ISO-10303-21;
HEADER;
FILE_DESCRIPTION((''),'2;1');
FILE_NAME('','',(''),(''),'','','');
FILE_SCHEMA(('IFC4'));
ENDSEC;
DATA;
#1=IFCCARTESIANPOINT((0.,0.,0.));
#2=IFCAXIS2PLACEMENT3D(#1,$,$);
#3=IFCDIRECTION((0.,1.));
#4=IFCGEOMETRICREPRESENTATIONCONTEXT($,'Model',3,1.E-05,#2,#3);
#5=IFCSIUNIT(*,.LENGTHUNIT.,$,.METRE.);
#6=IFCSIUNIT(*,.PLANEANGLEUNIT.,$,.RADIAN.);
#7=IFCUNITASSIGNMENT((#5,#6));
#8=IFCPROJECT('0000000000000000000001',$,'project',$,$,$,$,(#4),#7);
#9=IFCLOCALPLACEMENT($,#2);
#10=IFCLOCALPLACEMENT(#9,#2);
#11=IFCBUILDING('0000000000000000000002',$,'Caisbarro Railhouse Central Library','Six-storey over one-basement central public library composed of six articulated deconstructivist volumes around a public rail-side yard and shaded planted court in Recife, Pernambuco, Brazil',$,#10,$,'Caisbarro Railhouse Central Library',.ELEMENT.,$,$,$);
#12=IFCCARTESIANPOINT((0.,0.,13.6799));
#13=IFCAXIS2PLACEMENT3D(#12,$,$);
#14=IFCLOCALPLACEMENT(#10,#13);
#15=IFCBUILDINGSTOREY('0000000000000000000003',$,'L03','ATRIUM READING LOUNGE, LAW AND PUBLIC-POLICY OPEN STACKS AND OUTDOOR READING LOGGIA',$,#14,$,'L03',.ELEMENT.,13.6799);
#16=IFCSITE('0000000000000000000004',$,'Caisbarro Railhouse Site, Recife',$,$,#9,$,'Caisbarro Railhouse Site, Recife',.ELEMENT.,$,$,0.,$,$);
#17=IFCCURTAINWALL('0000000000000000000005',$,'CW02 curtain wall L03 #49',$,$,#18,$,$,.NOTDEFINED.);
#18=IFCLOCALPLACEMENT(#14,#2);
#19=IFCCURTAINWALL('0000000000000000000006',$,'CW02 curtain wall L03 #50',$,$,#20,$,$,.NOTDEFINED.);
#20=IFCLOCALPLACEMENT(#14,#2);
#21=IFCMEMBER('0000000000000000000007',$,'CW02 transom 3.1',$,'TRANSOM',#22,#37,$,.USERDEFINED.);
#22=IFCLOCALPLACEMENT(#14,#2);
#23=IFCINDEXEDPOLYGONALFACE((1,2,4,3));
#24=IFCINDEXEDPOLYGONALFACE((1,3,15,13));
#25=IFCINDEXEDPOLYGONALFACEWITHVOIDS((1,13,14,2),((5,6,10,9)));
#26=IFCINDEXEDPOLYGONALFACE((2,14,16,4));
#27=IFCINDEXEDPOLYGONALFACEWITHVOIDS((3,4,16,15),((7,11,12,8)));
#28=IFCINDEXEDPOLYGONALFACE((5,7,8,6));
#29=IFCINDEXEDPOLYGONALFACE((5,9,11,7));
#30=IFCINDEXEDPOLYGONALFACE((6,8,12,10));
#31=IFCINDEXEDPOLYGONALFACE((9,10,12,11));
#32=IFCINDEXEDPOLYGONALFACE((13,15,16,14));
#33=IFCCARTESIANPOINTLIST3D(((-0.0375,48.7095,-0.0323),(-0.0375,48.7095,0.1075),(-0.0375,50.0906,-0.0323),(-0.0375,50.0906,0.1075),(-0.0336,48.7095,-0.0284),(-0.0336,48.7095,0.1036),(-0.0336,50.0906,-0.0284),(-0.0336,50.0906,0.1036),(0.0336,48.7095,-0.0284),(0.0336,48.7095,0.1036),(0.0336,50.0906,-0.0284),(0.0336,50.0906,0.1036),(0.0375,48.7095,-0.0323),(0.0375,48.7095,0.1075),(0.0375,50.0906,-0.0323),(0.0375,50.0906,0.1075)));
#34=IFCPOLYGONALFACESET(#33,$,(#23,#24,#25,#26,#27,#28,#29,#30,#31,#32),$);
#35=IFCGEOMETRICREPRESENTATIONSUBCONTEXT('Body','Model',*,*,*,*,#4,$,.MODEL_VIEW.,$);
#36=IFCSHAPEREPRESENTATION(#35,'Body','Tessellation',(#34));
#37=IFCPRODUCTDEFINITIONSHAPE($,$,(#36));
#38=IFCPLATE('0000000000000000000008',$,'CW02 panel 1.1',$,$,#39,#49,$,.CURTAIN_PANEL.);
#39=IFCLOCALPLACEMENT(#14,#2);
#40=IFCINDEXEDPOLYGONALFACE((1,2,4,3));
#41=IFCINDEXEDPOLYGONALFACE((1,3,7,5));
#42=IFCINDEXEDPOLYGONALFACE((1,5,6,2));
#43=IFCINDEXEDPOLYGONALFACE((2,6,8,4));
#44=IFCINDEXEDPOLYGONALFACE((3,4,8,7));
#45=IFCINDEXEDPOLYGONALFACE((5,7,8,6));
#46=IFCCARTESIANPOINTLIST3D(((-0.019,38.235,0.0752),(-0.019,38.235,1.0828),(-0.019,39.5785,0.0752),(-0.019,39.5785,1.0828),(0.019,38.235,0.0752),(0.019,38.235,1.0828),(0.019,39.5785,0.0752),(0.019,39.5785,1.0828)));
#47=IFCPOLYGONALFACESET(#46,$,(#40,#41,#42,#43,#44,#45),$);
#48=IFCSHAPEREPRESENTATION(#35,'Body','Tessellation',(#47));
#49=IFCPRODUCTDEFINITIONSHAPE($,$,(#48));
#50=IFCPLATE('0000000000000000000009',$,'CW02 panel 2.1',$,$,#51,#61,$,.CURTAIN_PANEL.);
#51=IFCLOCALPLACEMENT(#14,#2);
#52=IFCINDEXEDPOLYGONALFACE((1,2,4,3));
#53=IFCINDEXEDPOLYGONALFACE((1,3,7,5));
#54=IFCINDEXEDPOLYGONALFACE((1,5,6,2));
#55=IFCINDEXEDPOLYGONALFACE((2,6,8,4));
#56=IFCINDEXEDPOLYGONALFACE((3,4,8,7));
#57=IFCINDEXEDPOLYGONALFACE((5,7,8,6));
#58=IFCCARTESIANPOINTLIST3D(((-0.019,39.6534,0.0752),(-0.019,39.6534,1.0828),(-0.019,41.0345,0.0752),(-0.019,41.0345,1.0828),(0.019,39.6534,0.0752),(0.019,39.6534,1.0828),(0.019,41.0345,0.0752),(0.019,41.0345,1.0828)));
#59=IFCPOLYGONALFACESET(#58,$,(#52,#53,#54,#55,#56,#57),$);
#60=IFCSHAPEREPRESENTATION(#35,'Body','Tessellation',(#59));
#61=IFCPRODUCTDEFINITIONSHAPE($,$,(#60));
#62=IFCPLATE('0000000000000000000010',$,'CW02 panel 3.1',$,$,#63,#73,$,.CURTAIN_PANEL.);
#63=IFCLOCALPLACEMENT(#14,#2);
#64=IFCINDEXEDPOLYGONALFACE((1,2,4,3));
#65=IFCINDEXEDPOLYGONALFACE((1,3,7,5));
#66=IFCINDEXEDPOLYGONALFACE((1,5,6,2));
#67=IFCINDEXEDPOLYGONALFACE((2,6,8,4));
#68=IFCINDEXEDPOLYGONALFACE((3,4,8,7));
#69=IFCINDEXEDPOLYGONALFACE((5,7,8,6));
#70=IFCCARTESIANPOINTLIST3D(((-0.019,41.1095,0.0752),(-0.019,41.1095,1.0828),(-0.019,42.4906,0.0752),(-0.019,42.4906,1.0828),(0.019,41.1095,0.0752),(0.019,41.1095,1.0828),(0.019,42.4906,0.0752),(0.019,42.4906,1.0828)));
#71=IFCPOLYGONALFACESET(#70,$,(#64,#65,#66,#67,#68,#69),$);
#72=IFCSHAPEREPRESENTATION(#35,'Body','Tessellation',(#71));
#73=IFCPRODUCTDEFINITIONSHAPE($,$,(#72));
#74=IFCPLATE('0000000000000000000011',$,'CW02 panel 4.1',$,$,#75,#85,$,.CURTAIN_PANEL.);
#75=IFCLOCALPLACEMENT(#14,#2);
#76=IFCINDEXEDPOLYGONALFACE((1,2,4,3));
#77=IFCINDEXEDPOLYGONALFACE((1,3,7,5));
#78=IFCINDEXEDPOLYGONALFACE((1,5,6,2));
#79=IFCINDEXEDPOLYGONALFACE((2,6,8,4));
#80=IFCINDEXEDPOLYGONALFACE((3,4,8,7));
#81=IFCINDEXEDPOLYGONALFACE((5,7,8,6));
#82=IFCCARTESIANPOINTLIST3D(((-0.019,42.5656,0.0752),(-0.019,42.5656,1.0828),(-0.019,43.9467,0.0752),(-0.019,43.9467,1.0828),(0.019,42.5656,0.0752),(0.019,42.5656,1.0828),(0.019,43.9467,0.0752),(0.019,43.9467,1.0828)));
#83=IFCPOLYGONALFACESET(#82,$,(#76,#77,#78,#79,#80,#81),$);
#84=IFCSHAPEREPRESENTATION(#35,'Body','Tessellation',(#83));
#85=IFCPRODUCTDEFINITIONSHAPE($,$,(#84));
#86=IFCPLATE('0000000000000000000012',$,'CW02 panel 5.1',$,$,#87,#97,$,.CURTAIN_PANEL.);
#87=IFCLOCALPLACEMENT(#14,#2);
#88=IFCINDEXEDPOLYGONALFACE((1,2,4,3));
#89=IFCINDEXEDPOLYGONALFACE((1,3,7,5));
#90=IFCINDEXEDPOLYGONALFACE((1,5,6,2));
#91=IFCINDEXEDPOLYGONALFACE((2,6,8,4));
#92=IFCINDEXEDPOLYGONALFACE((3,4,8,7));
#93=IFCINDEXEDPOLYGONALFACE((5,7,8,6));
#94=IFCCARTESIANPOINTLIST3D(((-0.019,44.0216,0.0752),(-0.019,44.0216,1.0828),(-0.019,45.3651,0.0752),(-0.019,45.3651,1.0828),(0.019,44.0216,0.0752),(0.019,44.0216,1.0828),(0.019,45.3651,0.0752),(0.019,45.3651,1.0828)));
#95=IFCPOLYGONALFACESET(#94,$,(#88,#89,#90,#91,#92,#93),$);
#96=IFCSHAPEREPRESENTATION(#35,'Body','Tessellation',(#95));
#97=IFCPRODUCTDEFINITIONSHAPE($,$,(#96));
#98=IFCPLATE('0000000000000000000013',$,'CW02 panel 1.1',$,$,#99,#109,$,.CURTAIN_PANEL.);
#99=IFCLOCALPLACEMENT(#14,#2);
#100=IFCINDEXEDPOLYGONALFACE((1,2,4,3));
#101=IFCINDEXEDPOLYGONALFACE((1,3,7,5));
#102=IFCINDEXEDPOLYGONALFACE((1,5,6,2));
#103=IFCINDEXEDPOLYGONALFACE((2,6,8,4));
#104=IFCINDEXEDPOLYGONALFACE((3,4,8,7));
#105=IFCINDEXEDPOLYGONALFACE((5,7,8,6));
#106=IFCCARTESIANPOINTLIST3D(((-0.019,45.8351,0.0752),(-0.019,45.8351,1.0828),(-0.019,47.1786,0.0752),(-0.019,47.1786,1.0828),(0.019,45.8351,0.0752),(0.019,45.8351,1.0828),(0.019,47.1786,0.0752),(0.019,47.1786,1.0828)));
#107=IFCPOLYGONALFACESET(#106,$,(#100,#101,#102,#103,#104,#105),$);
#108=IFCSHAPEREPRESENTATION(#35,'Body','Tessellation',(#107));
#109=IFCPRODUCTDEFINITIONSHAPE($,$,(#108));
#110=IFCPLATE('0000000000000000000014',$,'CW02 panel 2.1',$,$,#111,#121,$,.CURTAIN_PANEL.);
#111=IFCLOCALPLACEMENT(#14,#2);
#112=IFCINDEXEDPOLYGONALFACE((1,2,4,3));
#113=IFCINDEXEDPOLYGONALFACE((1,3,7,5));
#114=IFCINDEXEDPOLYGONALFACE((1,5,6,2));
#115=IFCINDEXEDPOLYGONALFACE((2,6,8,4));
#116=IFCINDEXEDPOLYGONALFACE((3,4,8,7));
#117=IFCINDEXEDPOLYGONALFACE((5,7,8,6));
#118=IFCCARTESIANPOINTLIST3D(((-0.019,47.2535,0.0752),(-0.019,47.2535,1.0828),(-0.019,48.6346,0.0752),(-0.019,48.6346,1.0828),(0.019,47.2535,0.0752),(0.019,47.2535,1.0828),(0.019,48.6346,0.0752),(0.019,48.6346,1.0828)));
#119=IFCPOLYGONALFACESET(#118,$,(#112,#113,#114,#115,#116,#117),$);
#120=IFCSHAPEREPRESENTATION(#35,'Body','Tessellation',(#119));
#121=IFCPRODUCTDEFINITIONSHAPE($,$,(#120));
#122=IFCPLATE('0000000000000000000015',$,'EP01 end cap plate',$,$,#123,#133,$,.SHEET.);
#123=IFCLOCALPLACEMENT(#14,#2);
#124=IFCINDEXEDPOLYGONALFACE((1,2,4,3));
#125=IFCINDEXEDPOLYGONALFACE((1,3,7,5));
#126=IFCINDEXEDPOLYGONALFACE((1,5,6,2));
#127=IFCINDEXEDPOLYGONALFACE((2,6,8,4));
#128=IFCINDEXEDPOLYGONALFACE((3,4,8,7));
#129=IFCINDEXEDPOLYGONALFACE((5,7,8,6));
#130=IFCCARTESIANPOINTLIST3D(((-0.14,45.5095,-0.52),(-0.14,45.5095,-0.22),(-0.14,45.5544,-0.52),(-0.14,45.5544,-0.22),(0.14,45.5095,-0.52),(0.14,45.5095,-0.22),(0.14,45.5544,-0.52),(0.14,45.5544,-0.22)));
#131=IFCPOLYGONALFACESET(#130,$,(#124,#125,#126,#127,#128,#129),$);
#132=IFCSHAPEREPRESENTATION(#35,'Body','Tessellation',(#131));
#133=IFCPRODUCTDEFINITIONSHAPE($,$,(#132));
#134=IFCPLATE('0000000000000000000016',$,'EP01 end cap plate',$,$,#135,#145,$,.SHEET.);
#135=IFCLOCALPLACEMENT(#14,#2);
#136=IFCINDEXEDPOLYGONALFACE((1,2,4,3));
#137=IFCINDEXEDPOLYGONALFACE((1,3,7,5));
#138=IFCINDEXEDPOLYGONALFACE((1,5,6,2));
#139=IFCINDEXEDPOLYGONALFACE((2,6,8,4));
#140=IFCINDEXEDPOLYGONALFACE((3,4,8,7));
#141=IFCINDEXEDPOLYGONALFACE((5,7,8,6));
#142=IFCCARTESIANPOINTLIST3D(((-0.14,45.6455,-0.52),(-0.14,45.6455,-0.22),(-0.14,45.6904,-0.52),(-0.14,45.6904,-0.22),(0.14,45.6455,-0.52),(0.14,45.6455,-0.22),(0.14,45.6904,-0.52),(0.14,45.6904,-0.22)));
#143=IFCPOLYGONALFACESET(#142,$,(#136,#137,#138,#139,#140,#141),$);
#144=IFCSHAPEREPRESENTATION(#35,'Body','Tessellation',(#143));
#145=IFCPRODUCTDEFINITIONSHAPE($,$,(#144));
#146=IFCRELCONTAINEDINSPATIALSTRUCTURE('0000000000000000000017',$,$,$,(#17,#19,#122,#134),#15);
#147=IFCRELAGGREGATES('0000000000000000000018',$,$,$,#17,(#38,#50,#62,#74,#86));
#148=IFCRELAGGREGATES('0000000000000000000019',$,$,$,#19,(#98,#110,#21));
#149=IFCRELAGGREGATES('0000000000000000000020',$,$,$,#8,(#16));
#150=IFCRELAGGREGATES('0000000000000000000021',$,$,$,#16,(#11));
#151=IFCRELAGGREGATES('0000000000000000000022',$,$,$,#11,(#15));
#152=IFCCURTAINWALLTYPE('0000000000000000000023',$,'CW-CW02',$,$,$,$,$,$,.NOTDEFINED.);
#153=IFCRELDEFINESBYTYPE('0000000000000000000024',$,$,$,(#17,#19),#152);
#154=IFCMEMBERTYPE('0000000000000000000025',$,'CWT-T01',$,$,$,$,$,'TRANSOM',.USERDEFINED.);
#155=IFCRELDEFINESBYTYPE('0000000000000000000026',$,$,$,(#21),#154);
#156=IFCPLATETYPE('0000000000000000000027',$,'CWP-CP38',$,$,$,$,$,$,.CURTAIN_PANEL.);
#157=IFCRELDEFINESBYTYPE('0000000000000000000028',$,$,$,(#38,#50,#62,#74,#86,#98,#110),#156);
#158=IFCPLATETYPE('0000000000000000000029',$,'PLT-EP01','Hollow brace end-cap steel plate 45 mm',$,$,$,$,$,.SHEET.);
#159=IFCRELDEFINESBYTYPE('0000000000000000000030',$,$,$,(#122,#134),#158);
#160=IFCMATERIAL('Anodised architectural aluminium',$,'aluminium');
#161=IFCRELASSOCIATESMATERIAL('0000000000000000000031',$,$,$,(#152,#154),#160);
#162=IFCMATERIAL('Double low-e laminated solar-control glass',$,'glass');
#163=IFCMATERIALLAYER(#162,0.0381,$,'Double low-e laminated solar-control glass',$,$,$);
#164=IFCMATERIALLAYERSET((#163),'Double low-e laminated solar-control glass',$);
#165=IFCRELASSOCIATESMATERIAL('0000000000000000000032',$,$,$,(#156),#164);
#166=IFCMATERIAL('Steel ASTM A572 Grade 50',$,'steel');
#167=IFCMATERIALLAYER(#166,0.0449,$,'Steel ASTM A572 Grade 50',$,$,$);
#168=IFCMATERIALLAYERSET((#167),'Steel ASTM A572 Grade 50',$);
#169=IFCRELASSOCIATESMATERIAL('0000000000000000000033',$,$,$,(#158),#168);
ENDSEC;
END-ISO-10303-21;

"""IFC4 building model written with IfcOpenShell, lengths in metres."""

from ifc_helpers import new_model, si_unit, direction, frame, origin, origin_2d, place, context, subcontext, project, spatial, rectangle, hollow_rectangle, extrude, material, layer, layer_set, material_profile, profile_set, type_object, element, aggregate, save


model = new_model("IFC4")

# Units and contexts
model_context = context("Model", 3, precision=1e-05, world=origin(), true_north=direction((0.0, 1.0)))
body_context = subcontext(model_context, "Body", "Model", "MODEL_VIEW")
ifc_project = project(units=[si_unit("LENGTHUNIT", "METRE"), si_unit("PLANEANGLEUNIT", "RADIAN")], contexts=[model_context])

# Site, building, storey
site_placement = place(None, origin())
site = spatial("IfcSite", under=ifc_project, at=site_placement, Name="Caisbarro Railhouse Site, Recife", LongName="Caisbarro Railhouse Site, Recife", CompositionType="ELEMENT", RefElevation=0.0)
building_placement = place(site_placement, origin())
building = spatial("IfcBuilding", under=site, at=building_placement, Name="Caisbarro Railhouse Central Library", Description="Six-storey over one-basement central public library composed of six articulated deconstructivist volumes around a public rail-side yard and shaded planted court in Recife, Pernambuco, Brazil", LongName="Caisbarro Railhouse Central Library", CompositionType="ELEMENT")
storey_placement = place(building_placement, frame((0.0, 0.0, 13.6799)))
storey = spatial("IfcBuildingStorey", under=building, at=storey_placement, Name="L03", Description="ATRIUM READING LOUNGE, LAW AND PUBLIC-POLICY OPEN STACKS AND OUTDOOR READING LOGGIA", LongName="L03", CompositionType="ELEMENT", Elevation=13.6799)

# Shared definitions
ifc_material_1 = material(Name="Steel ASTM A572 Grade 50", Category="steel")

# Curtain walls
ifc_material_2 = material(Name="Anodised architectural aluminium", Category="aluminium")
curtain_wall_type = type_object("IfcCurtainWallType", Name="CW-CW02", PredefinedType="NOTDEFINED", material=ifc_material_2)
curtain_wall_1_placement = place(storey_placement, origin())
curtain_wall_1 = element("IfcCurtainWall", 1, at=curtain_wall_1_placement, inside=storey, type_object=curtain_wall_type, Name="CW02 curtain wall L03 #49", PredefinedType="NOTDEFINED")
curtain_wall_2_placement = place(storey_placement, origin())
curtain_wall_2 = element("IfcCurtainWall", 2, at=curtain_wall_2_placement, inside=storey, type_object=curtain_wall_type, Name="CW02 curtain wall L03 #50", PredefinedType="NOTDEFINED")

# Member
ifc_material_profile_1 = material_profile(ifc_material_2, hollow_rectangle(XDim=0.075, YDim=0.1399, WallThickness=0.0039, at=origin_2d()), Name="ALU-TRN-75X140")
ifc_profile_set_1 = profile_set([ifc_material_profile_1], Name="Anodised architectural aluminium")
member_type_1 = type_object("IfcMemberType", Name="CWT-T01", ElementType="TRANSOM", PredefinedType="USERDEFINED", material=ifc_profile_set_1)
member_1_placement = place(storey_placement, frame((0.0, 48.7095, 0.0376), z_axis=(0.0, 1.0, 0.0), x_axis=(-1.0, 0.0, 0.0)))
member_1 = element("IfcMember", 3, at=member_1_placement, type_object=member_type_1, Name="CW02 transom 3.1", ObjectType="TRANSOM", PredefinedType="USERDEFINED", context=body_context, shape_type="SweptSolid", body=[
    extrude(hollow_rectangle(XDim=0.075, YDim=0.1399, WallThickness=0.0039, at=origin_2d()), origin(), (0.0, 0.0, 1.0), 1.3811),
])

# Plates
ifc_material_3 = material(Name="Double low-e laminated solar-control glass", Category="glass")
ifc_layer_1 = layer(ifc_material_3, 0.0381, Name="Double low-e laminated solar-control glass")
ifc_layer_set_1 = layer_set([ifc_layer_1], Name="Double low-e laminated solar-control glass")
plate_type_1 = type_object("IfcPlateType", Name="CWP-CP38", PredefinedType="CURTAIN_PANEL", material=ifc_layer_set_1)
plate_1_placement = place(storey_placement, frame((0.0, 38.9067, 0.0752), z_axis=(0.0, 0.0, 1.0), x_axis=(0.0, 1.0, 0.0)))
plate_1 = element("IfcPlate", 4, at=plate_1_placement, type_object=plate_type_1, Name="CW02 panel 1.1", PredefinedType="CURTAIN_PANEL", context=body_context, shape_type="SweptSolid", body=[
    extrude(rectangle(XDim=1.3435, YDim=0.0381, at=origin_2d()), origin(), (0.0, 0.0, 1.0), 1.0076),
])
plate_2_placement = place(storey_placement, frame((0.0, 40.344, 0.0752), z_axis=(0.0, 0.0, 1.0), x_axis=(0.0, 1.0, 0.0)))
plate_2 = element("IfcPlate", 5, at=plate_2_placement, type_object=plate_type_1, Name="CW02 panel 2.1", PredefinedType="CURTAIN_PANEL", context=body_context, shape_type="SweptSolid", body=[
    extrude(rectangle(XDim=1.3811, YDim=0.0381, at=origin_2d()), origin(), (0.0, 0.0, 1.0), 1.0076),
])
plate_3_placement = place(storey_placement, frame((0.0, 41.8, 0.0752), z_axis=(0.0, 0.0, 1.0), x_axis=(0.0, 1.0, 0.0)))
plate_3 = element("IfcPlate", 6, at=plate_3_placement, type_object=plate_type_1, Name="CW02 panel 3.1", PredefinedType="CURTAIN_PANEL", context=body_context, shape_type="SweptSolid", body=[
    extrude(rectangle(XDim=1.3811, YDim=0.0381, at=origin_2d()), origin(), (0.0, 0.0, 1.0), 1.0076),
])
plate_4_placement = place(storey_placement, frame((0.0, 43.2561, 0.0752), z_axis=(0.0, 0.0, 1.0), x_axis=(0.0, 1.0, 0.0)))
plate_4 = element("IfcPlate", 7, at=plate_4_placement, type_object=plate_type_1, Name="CW02 panel 4.1", PredefinedType="CURTAIN_PANEL", context=body_context, shape_type="SweptSolid", body=[
    extrude(rectangle(XDim=1.3811, YDim=0.0381, at=origin_2d()), origin(), (0.0, 0.0, 1.0), 1.0076),
])
plate_5_placement = place(storey_placement, frame((0.0, 44.6934, 0.0752), z_axis=(0.0, 0.0, 1.0), x_axis=(0.0, 1.0, 0.0)))
plate_5 = element("IfcPlate", 8, at=plate_5_placement, type_object=plate_type_1, Name="CW02 panel 5.1", PredefinedType="CURTAIN_PANEL", context=body_context, shape_type="SweptSolid", body=[
    extrude(rectangle(XDim=1.3435, YDim=0.0381, at=origin_2d()), origin(), (0.0, 0.0, 1.0), 1.0076),
])
aggregate(curtain_wall_1, [plate_1, plate_2, plate_3, plate_4, plate_5])
plate_6_placement = place(storey_placement, frame((0.0, 46.5068, 0.0752), z_axis=(0.0, 0.0, 1.0), x_axis=(0.0, 1.0, 0.0)))
plate_6 = element("IfcPlate", 9, at=plate_6_placement, type_object=plate_type_1, Name="CW02 panel 1.1", PredefinedType="CURTAIN_PANEL", context=body_context, shape_type="SweptSolid", body=[
    extrude(rectangle(XDim=1.3435, YDim=0.0381, at=origin_2d()), origin(), (0.0, 0.0, 1.0), 1.0076),
])
plate_7_placement = place(storey_placement, frame((0.0, 47.9441, 0.0752), z_axis=(0.0, 0.0, 1.0), x_axis=(0.0, 1.0, 0.0)))
plate_7 = element("IfcPlate", 10, at=plate_7_placement, type_object=plate_type_1, Name="CW02 panel 2.1", PredefinedType="CURTAIN_PANEL", context=body_context, shape_type="SweptSolid", body=[
    extrude(rectangle(XDim=1.3811, YDim=0.0381, at=origin_2d()), origin(), (0.0, 0.0, 1.0), 1.0076),
])
aggregate(curtain_wall_2, [plate_6, plate_7, member_1])

# Plates
ifc_layer_2 = layer(ifc_material_1, 0.0449, Name="Steel ASTM A572 Grade 50")
ifc_layer_set_2 = layer_set([ifc_layer_2], Name="Steel ASTM A572 Grade 50")
plate_type_2 = type_object("IfcPlateType", Name="PLT-EP01", Description="Hollow brace end-cap steel plate 45 mm", PredefinedType="SHEET", material=ifc_layer_set_2)
for number, where, z_axis, x_axis, name in (
    (11, (0.0, 45.532, -0.52), (0.0, 0.0, 1.0), (0.0, 1.0, 0.0), "EP01 end cap plate"),
    (12, (0.0, 45.668, -0.52), (0.0, 0.0, 1.0), (0.0, 1.0, 0.0), "EP01 end cap plate"),
):
    element("IfcPlate", number, at=place(storey_placement, frame(where, z_axis=z_axis, x_axis=x_axis)), inside=storey, type_object=plate_type_2, Name=name, PredefinedType="SHEET", context=body_context, shape_type="SweptSolid", body=[
        extrude(rectangle(XDim=0.0449, YDim=0.28, at=origin_2d()), origin(), (0.0, 0.0, 1.0), 0.3),
    ])

save(model, "model.ifc")
